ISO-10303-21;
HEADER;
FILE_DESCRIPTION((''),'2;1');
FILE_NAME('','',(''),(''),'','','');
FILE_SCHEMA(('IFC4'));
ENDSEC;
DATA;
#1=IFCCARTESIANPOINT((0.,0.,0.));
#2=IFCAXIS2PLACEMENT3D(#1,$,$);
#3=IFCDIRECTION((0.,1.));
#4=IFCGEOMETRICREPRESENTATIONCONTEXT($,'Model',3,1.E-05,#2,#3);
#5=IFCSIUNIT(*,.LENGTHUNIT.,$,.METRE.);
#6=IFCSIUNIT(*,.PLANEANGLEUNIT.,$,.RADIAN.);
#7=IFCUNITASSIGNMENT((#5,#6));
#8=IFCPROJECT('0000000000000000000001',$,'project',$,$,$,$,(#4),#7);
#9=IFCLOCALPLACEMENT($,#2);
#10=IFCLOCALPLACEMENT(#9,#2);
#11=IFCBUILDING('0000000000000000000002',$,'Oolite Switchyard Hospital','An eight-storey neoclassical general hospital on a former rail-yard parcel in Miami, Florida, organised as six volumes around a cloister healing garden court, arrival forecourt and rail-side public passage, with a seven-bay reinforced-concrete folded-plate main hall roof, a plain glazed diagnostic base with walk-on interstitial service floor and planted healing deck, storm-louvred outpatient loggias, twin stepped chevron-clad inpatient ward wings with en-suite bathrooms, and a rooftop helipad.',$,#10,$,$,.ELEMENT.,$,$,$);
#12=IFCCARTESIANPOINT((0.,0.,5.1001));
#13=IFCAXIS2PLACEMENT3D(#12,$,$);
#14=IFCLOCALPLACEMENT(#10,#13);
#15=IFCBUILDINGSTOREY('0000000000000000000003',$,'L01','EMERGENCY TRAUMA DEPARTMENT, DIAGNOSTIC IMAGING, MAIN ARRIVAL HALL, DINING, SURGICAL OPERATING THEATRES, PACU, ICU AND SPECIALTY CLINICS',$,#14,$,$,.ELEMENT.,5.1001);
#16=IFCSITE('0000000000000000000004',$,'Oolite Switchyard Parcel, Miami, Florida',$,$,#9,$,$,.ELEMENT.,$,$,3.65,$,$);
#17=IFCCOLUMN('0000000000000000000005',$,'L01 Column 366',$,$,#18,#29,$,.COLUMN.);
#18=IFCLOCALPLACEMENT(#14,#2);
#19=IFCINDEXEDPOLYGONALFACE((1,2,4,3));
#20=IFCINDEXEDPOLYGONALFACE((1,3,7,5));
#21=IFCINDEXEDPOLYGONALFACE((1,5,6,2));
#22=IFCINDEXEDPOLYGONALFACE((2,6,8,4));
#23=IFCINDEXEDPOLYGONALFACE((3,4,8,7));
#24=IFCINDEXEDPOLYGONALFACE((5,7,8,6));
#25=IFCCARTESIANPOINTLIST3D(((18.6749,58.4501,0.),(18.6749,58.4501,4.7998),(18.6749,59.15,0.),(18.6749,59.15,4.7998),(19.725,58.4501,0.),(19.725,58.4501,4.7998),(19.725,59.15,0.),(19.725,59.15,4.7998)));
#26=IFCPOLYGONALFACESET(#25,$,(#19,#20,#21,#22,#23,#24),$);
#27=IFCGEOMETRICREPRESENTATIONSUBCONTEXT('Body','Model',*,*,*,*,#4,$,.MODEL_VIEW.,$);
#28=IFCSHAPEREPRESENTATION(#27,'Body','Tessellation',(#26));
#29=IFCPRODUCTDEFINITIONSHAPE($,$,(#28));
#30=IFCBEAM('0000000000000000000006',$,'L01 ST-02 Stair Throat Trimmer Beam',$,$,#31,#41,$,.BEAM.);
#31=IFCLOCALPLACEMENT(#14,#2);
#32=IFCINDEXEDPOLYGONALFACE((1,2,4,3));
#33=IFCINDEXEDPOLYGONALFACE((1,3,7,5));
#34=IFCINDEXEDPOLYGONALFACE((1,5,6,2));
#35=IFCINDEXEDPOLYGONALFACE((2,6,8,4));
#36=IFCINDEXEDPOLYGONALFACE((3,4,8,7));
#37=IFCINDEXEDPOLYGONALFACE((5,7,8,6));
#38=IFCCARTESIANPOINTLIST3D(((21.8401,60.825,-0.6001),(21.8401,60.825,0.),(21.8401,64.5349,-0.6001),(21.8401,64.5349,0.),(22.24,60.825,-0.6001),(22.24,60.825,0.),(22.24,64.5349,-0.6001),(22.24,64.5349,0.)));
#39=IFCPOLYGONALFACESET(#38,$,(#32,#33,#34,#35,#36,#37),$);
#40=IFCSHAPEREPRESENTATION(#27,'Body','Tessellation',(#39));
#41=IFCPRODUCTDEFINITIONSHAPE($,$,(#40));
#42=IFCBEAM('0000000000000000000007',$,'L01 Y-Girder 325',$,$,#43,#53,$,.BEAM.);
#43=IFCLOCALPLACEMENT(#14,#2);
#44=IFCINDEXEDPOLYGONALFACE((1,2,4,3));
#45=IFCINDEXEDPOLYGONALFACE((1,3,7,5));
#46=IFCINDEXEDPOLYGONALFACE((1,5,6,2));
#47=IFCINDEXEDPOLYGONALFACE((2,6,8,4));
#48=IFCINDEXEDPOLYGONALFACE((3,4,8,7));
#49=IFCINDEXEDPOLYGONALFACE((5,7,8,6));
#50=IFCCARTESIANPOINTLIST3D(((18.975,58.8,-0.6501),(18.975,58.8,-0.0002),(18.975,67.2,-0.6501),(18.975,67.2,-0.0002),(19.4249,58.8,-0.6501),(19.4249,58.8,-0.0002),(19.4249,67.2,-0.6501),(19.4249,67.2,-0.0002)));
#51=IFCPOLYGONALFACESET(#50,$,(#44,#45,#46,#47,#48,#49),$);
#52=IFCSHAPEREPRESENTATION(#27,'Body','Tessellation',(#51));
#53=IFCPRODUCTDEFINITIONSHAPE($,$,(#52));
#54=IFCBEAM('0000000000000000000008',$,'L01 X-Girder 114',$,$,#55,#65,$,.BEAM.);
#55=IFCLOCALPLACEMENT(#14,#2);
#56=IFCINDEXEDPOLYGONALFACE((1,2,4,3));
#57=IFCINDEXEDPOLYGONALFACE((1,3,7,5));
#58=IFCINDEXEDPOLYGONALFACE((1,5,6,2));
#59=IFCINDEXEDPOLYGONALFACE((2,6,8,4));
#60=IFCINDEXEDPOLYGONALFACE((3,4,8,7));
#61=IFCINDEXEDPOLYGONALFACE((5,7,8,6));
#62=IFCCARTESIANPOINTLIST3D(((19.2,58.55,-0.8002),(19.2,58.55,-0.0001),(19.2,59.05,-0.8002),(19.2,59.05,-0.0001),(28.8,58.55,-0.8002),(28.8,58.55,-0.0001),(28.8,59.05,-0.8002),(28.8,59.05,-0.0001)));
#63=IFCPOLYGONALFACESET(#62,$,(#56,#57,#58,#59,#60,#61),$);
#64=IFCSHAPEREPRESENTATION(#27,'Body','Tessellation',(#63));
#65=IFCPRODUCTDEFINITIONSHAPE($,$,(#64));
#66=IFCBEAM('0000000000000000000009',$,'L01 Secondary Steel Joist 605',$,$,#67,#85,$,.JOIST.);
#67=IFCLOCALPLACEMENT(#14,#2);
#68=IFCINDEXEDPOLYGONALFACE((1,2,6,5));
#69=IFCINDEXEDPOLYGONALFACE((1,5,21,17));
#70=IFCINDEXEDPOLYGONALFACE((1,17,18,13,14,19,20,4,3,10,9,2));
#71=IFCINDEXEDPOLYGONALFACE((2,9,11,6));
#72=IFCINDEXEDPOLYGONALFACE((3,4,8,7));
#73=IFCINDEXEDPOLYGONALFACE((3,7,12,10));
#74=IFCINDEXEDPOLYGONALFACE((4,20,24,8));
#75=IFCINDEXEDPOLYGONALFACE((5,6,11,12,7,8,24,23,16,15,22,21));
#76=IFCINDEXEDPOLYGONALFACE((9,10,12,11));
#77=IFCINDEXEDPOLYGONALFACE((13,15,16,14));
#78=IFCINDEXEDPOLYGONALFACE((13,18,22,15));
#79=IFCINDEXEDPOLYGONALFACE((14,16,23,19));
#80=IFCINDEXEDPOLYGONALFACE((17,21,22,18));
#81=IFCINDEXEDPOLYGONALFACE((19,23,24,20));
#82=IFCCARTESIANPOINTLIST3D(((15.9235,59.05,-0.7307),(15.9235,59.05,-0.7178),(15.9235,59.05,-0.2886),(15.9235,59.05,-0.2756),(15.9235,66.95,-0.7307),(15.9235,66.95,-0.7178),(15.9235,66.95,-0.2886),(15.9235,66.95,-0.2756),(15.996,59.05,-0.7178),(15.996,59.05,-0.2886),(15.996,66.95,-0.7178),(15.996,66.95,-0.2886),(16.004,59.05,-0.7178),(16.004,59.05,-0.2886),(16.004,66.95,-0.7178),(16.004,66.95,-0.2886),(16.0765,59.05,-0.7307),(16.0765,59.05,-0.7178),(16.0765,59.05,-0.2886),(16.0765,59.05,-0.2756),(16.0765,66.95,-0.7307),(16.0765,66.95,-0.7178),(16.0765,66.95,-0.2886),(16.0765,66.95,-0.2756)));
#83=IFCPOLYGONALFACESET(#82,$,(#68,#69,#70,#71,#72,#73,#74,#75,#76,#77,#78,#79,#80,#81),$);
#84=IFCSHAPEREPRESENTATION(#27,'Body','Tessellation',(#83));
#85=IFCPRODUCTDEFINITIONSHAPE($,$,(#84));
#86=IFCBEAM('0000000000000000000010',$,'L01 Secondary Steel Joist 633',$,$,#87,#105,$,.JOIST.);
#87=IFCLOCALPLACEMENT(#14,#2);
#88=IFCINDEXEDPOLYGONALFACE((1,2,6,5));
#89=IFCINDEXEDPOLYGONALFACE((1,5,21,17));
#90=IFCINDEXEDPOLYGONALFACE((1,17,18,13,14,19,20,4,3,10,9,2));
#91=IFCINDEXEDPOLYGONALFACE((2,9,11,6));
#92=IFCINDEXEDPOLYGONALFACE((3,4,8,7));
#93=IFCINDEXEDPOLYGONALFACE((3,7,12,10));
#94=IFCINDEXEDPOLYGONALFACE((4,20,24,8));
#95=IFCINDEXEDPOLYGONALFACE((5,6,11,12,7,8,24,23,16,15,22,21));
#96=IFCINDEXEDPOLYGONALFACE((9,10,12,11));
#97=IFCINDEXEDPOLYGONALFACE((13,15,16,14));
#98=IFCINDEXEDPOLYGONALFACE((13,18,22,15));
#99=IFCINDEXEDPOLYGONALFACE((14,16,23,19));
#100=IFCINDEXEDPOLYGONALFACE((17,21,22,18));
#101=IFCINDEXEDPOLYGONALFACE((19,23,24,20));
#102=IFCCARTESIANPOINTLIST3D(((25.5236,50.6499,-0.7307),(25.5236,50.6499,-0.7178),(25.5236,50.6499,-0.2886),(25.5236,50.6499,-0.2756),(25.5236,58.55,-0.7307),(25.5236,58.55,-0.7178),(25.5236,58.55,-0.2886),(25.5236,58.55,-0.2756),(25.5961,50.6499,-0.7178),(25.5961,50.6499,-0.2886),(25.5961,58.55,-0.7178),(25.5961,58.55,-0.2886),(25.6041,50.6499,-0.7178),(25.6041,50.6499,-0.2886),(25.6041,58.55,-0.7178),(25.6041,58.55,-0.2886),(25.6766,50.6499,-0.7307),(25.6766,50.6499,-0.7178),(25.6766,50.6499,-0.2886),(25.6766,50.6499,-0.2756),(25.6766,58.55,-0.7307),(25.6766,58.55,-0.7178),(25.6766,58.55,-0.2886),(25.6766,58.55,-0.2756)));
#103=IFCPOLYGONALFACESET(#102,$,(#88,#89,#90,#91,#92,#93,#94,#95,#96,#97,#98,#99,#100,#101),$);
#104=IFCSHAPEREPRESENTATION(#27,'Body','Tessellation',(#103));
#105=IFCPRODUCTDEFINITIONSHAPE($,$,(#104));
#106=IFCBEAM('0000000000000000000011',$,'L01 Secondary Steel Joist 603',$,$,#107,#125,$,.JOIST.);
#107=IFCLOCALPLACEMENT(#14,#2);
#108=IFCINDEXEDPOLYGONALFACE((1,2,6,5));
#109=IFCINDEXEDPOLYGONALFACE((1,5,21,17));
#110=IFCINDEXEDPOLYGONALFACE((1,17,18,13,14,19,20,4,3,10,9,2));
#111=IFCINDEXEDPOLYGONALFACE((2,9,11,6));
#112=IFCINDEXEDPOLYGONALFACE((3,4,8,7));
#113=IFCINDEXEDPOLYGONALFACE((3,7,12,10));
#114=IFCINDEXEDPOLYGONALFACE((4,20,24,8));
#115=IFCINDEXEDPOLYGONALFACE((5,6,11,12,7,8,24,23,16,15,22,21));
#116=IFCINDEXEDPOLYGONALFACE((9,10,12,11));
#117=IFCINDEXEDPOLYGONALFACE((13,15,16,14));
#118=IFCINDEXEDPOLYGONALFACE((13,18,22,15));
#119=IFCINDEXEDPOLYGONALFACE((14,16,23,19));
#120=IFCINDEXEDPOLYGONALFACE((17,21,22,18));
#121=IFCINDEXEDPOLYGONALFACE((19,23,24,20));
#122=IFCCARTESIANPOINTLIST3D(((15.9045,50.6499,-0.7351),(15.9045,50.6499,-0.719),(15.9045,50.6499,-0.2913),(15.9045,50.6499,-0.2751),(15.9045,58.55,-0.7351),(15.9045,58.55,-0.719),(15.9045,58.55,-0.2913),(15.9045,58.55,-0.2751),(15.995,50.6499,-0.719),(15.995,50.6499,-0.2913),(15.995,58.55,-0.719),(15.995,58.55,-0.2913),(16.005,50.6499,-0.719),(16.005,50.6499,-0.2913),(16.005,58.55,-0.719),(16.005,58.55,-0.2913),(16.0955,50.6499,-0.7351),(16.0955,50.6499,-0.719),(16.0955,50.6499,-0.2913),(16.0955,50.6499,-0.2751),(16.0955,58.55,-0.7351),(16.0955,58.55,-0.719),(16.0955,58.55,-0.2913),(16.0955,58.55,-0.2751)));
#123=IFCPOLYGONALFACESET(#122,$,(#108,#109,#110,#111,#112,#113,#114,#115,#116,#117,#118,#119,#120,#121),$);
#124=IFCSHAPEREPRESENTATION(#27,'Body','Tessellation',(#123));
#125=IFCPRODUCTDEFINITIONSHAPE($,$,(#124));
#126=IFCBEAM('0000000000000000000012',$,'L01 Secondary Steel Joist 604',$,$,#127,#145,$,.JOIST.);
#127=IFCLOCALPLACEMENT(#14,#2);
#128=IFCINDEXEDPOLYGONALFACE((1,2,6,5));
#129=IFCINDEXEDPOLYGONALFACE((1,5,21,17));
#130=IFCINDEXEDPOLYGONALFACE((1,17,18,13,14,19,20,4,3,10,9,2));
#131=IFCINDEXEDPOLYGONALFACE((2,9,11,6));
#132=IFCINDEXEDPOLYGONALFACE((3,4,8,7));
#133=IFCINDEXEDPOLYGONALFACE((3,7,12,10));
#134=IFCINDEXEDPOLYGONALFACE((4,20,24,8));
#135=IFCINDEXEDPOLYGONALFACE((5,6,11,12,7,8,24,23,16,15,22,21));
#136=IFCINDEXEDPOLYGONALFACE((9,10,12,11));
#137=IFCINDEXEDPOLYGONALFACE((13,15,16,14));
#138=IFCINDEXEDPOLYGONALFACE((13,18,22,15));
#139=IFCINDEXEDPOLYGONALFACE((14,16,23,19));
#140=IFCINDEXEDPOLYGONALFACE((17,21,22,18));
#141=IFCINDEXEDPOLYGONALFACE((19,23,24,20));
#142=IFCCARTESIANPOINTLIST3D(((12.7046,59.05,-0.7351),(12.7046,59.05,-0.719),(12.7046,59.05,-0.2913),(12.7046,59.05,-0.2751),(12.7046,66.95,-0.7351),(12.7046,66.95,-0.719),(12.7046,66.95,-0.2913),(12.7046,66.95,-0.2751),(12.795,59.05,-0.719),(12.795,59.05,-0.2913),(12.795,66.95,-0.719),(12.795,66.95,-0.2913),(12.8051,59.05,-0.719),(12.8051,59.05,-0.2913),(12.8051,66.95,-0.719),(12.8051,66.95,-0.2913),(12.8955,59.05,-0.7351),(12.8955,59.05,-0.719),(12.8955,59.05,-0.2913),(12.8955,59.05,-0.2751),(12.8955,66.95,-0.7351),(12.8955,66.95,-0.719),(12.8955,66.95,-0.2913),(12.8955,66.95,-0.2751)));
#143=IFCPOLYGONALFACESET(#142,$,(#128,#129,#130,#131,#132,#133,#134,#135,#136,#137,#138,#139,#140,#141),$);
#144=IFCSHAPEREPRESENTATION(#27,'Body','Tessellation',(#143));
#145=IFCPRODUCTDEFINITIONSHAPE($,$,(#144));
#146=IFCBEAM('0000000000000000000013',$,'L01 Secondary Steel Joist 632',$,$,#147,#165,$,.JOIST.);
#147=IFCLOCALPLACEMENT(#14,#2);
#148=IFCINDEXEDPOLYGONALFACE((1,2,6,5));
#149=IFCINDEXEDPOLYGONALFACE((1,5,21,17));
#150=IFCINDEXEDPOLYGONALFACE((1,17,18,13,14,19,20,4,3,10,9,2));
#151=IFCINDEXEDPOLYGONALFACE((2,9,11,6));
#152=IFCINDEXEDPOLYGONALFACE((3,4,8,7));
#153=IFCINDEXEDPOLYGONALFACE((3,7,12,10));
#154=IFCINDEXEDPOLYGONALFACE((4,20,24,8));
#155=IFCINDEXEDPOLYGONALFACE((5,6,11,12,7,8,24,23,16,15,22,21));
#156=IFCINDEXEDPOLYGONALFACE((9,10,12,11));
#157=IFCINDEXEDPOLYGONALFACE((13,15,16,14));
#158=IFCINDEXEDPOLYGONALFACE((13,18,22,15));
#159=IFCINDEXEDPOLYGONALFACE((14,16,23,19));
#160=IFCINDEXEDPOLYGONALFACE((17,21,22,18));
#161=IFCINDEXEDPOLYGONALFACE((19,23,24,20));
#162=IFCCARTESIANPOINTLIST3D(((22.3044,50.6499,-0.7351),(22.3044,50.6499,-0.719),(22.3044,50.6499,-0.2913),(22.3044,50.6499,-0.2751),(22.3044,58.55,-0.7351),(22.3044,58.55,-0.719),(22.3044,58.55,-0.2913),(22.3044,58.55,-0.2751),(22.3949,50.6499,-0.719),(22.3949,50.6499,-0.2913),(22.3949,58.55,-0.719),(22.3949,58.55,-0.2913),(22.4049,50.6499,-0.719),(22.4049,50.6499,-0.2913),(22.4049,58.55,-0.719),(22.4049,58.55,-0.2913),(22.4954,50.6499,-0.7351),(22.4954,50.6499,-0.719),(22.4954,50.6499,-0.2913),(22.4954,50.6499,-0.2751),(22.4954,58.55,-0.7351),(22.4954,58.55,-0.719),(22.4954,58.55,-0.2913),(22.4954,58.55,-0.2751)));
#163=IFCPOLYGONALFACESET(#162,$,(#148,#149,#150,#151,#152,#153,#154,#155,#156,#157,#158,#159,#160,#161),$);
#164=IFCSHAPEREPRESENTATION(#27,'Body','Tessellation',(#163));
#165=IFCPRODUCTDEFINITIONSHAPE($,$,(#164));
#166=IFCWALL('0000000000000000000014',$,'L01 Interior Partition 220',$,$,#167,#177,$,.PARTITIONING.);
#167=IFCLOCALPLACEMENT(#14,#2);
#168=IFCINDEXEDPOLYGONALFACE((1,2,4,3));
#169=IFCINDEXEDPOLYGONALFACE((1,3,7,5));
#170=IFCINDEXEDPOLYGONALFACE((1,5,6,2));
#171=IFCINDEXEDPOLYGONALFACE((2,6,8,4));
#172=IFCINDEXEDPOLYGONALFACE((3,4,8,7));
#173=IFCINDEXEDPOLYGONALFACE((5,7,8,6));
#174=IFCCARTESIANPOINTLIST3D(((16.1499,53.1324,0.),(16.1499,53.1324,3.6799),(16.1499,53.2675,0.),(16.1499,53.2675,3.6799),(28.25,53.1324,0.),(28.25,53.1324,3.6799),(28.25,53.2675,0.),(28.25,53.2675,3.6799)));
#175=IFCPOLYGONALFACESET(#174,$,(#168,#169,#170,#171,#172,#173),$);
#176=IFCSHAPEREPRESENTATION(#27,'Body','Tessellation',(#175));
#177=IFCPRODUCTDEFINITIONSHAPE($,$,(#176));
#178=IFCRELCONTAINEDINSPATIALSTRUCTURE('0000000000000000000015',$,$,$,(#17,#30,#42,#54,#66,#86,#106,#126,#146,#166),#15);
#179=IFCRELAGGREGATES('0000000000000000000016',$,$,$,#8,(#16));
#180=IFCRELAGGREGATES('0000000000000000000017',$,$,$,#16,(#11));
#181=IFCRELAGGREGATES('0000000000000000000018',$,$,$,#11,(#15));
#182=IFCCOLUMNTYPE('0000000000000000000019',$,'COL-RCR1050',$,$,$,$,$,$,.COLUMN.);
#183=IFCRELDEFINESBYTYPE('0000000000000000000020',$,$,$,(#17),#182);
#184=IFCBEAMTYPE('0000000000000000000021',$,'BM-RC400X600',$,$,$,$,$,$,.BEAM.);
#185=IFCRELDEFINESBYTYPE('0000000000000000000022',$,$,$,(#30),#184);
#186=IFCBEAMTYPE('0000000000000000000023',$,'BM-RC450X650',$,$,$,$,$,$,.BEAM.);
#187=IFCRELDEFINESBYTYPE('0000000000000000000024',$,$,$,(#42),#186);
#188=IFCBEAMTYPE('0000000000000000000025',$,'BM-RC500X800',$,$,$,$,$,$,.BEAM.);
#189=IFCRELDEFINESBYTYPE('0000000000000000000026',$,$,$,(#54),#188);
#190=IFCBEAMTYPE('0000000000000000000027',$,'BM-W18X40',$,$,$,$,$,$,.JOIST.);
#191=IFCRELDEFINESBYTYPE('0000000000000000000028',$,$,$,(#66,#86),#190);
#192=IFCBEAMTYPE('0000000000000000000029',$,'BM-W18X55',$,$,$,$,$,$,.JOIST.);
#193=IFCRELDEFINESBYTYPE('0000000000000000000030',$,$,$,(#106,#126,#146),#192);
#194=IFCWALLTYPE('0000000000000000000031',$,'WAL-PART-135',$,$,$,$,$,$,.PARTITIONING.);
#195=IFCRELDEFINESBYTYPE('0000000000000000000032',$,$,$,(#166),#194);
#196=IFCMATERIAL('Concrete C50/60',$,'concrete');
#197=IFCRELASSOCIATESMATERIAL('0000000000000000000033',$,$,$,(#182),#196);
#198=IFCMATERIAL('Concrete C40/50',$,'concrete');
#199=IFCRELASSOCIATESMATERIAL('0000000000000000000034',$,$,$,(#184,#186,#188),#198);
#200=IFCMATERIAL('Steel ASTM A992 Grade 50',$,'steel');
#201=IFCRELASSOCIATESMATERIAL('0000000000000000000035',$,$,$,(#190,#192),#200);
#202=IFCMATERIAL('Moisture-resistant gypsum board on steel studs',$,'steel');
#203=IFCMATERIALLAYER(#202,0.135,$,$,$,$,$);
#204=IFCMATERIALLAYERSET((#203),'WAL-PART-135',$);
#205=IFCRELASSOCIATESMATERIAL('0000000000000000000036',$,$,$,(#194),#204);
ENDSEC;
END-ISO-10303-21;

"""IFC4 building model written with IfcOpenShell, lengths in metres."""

from ifc_helpers import new_model, si_unit, direction, frame, frame_2d, origin, origin_2d, place, context, subcontext, project, spatial, rectangle, i_section, extrude, material, layer, layer_set, material_profile, profile_set, type_object, element, save


model = new_model("IFC4")

# Units and contexts
model_context = context("Model", 3, precision=1e-05, world=origin(), true_north=direction((0.0, 1.0)))
body_context = subcontext(model_context, "Body", "Model", "MODEL_VIEW")
ifc_project = project(units=[si_unit("LENGTHUNIT", "METRE"), si_unit("PLANEANGLEUNIT", "RADIAN")], contexts=[model_context])

# Site, building, storey
site_placement = place(None, origin())
site = spatial("IfcSite", under=ifc_project, at=site_placement, Name="Oolite Switchyard Parcel, Miami, Florida", CompositionType="ELEMENT", RefElevation=3.65)
building_placement = place(site_placement, origin())
building = spatial("IfcBuilding", under=site, at=building_placement, Name="Oolite Switchyard Hospital", Description="An eight-storey neoclassical general hospital on a former rail-yard parcel in Miami, Florida, organised as six volumes around a cloister healing garden court, arrival forecourt and rail-side public passage, with a seven-bay reinforced-concrete folded-plate main hall roof, a plain glazed diagnostic base with walk-on interstitial service floor and planted healing deck, storm-louvred outpatient loggias, twin stepped chevron-clad inpatient ward wings with en-suite bathrooms, and a rooftop helipad.", CompositionType="ELEMENT")
storey_placement = place(building_placement, frame((0.0, 0.0, 5.1001)))
storey = spatial("IfcBuildingStorey", under=building, at=storey_placement, Name="L01", Description="EMERGENCY TRAUMA DEPARTMENT, DIAGNOSTIC IMAGING, MAIN ARRIVAL HALL, DINING, SURGICAL OPERATING THEATRES, PACU, ICU AND SPECIALTY CLINICS", CompositionType="ELEMENT", Elevation=5.1001)

# Column
ifc_material_1 = material(Name="Concrete C50/60", Category="concrete")
ifc_material_profile_1 = material_profile(ifc_material_1, rectangle(XDim=1.05, YDim=0.7, at=origin_2d()), Name="RC1050X700")
ifc_profile_set_1 = profile_set([ifc_material_profile_1], Name="Concrete C50/60")
column_type = type_object("IfcColumnType", Name="COL-RCR1050", PredefinedType="COLUMN", material=ifc_profile_set_1)
column_placement = place(storey_placement, frame((19.2, 58.8, 0.0), z_axis=(0.0, 0.0, 1.0), x_axis=(1.0, 0.0, 0.0)))
element("IfcColumn", 1, at=column_placement, inside=storey, type_object=column_type, Name="L01 Column 366", PredefinedType="COLUMN", context=body_context, shape_type="SweptSolid", body=[
    extrude(rectangle(XDim=1.05, YDim=0.7, at=origin_2d()), origin(), (0.0, 0.0, 1.0), 4.7998),
])

# Beams
ifc_material_2 = material(Name="Concrete C40/50", Category="concrete")
ifc_material_profile_2 = material_profile(ifc_material_2, rectangle(XDim=0.3999, YDim=0.6001, at=origin_2d()), Name="RCB400X600")
ifc_profile_set_2 = profile_set([ifc_material_profile_2], Name="Concrete C40/50")
beam_type_1 = type_object("IfcBeamType", Name="BM-RC400X600", PredefinedType="BEAM", material=ifc_profile_set_2)
beam_1_placement = place(storey_placement, frame((22.04, 60.825, -0.3), z_axis=(0.0, 1.0, 0.0), x_axis=(-1.0, 0.0, 0.0)))
element("IfcBeam", 2, at=beam_1_placement, inside=storey, type_object=beam_type_1, Name="L01 ST-02 Stair Throat Trimmer Beam", PredefinedType="BEAM", context=body_context, shape_type="SweptSolid", body=[
    extrude(rectangle(XDim=0.3999, YDim=0.6001, at=origin_2d()), origin(), (0.0, 0.0, 1.0), 3.71),
])
ifc_material_profile_3 = material_profile(ifc_material_2, rectangle(XDim=0.45, YDim=0.6499, at=origin_2d()), Name="RCB450X650")
ifc_profile_set_3 = profile_set([ifc_material_profile_3], Name="Concrete C40/50")
beam_type_2 = type_object("IfcBeamType", Name="BM-RC450X650", PredefinedType="BEAM", material=ifc_profile_set_3)
beam_2_placement = place(storey_placement, frame((19.2, 58.8, -0.3252), z_axis=(0.0, 1.0, 0.0), x_axis=(-1.0, 0.0, 0.0)))
element("IfcBeam", 3, at=beam_2_placement, inside=storey, type_object=beam_type_2, Name="L01 Y-Girder 325", PredefinedType="BEAM", context=body_context, shape_type="SweptSolid", body=[
    extrude(rectangle(XDim=0.45, YDim=0.6499, at=origin_2d()), origin(), (0.0, 0.0, 1.0), 8.3999),
])
ifc_material_profile_4 = material_profile(ifc_material_2, rectangle(XDim=0.5, YDim=0.8, at=origin_2d()), Name="RCB500X800")
ifc_profile_set_4 = profile_set([ifc_material_profile_4], Name="Concrete C40/50")
beam_type_3 = type_object("IfcBeamType", Name="BM-RC500X800", PredefinedType="BEAM", material=ifc_profile_set_4)
beam_3_placement = place(storey_placement, frame((19.2, 58.8, -0.4001), z_axis=(1.0, 0.0, 0.0), x_axis=(0.0, 1.0, 0.0)))
element("IfcBeam", 4, at=beam_3_placement, inside=storey, type_object=beam_type_3, Name="L01 X-Girder 114", PredefinedType="BEAM", context=body_context, shape_type="SweptSolid", body=[
    extrude(rectangle(XDim=0.5, YDim=0.8, at=origin_2d()), origin(), (0.0, 0.0, 1.0), 9.6001),
])
ifc_material_3 = material(Name="Steel ASTM A992 Grade 50", Category="steel")
ifc_material_profile_5 = material_profile(ifc_material_3, i_section(OverallWidth=0.1531, OverallDepth=0.4551, WebThickness=0.0081, FlangeThickness=0.0129, at=origin_2d()), Name="W18X40")
ifc_profile_set_5 = profile_set([ifc_material_profile_5], Name="Steel ASTM A992 Grade 50")
beam_type_4 = type_object("IfcBeamType", Name="BM-W18X40", PredefinedType="JOIST", material=ifc_profile_set_5)
beam_4_placement = place(storey_placement, frame((16.0, 59.05, -0.5032), z_axis=(0.0, 1.0, 0.0), x_axis=(-1.0, 0.0, 0.0)))
element("IfcBeam", 5, at=beam_4_placement, inside=storey, type_object=beam_type_4, Name="L01 Secondary Steel Joist 605", PredefinedType="JOIST", context=body_context, shape_type="SweptSolid", body=[
    extrude(i_section(OverallWidth=0.1531, OverallDepth=0.4551, WebThickness=0.0081, FlangeThickness=0.0129, at=origin_2d()), origin(), (0.0, 0.0, 1.0), 7.8999),
])
beam_5_placement = place(storey_placement, frame((25.6001, 50.6499, -0.5032), z_axis=(0.0, 1.0, 0.0), x_axis=(-1.0, 0.0, 0.0)))
element("IfcBeam", 6, at=beam_5_placement, inside=storey, type_object=beam_type_4, Name="L01 Secondary Steel Joist 633", PredefinedType="JOIST", context=body_context, shape_type="SweptSolid", body=[
    extrude(i_section(OverallWidth=0.1531, OverallDepth=0.4551, WebThickness=0.0081, FlangeThickness=0.0129, at=origin_2d()), origin(), (0.0, 0.0, 1.0), 7.9001),
])
ifc_material_profile_6 = material_profile(ifc_material_3, i_section(OverallWidth=0.1909, OverallDepth=0.46, WebThickness=0.01, FlangeThickness=0.0161, at=origin_2d()), Name="W18X55")
ifc_profile_set_6 = profile_set([ifc_material_profile_6], Name="Steel ASTM A992 Grade 50")
beam_type_5 = type_object("IfcBeamType", Name="BM-W18X55", PredefinedType="JOIST", material=ifc_profile_set_6)
beam_6_placement = place(storey_placement, frame((16.0, 50.6499, -0.5051), z_axis=(0.0, 1.0, 0.0), x_axis=(-1.0, 0.0, 0.0)))
element("IfcBeam", 7, at=beam_6_placement, inside=storey, type_object=beam_type_5, Name="L01 Secondary Steel Joist 603", PredefinedType="JOIST", context=body_context, shape_type="SweptSolid", body=[
    extrude(i_section(OverallWidth=0.1909, OverallDepth=0.46, WebThickness=0.01, FlangeThickness=0.0161, at=origin_2d()), origin(), (0.0, 0.0, 1.0), 7.9001),
])
beam_7_placement = place(storey_placement, frame((12.8, 59.05, -0.5051), z_axis=(0.0, 1.0, 0.0), x_axis=(-1.0, 0.0, 0.0)))
element("IfcBeam", 8, at=beam_7_placement, inside=storey, type_object=beam_type_5, Name="L01 Secondary Steel Joist 604", PredefinedType="JOIST", context=body_context, shape_type="SweptSolid", body=[
    extrude(i_section(OverallWidth=0.1909, OverallDepth=0.46, WebThickness=0.01, FlangeThickness=0.0161, at=origin_2d()), origin(), (0.0, 0.0, 1.0), 7.8999),
])
beam_8_placement = place(storey_placement, frame((22.3999, 50.6499, -0.5051), z_axis=(0.0, 1.0, 0.0), x_axis=(-1.0, 0.0, 0.0)))
element("IfcBeam", 9, at=beam_8_placement, inside=storey, type_object=beam_type_5, Name="L01 Secondary Steel Joist 632", PredefinedType="JOIST", context=body_context, shape_type="SweptSolid", body=[
    extrude(i_section(OverallWidth=0.1909, OverallDepth=0.46, WebThickness=0.01, FlangeThickness=0.0161, at=origin_2d()), origin(), (0.0, 0.0, 1.0), 7.9001),
])

# Wall
ifc_material_4 = material(Name="Moisture-resistant gypsum board on steel studs", Category="steel")
ifc_layer_1 = layer(ifc_material_4, 0.135)
ifc_layer_set_1 = layer_set([ifc_layer_1], Name="WAL-PART-135")
wall_type_1 = type_object("IfcWallType", Name="WAL-PART-135", PredefinedType="PARTITIONING", material=ifc_layer_set_1)
wall_1_placement = place(storey_placement, frame((16.1499, 53.2, 0.0), z_axis=(0.0, 0.0, 1.0), x_axis=(1.0, 0.0, 0.0)))
element("IfcWall", 10, at=wall_1_placement, inside=storey, type_object=wall_type_1, Name="L01 Interior Partition 220", PredefinedType="PARTITIONING", context=body_context, shape_type="SweptSolid", body=[
    extrude(rectangle(XDim=12.1001, YDim=0.135, at=frame_2d((6.05, 0.0))), origin(), (0.0, 0.0, 1.0), 3.6799),
])

save(model, "model.ifc")
